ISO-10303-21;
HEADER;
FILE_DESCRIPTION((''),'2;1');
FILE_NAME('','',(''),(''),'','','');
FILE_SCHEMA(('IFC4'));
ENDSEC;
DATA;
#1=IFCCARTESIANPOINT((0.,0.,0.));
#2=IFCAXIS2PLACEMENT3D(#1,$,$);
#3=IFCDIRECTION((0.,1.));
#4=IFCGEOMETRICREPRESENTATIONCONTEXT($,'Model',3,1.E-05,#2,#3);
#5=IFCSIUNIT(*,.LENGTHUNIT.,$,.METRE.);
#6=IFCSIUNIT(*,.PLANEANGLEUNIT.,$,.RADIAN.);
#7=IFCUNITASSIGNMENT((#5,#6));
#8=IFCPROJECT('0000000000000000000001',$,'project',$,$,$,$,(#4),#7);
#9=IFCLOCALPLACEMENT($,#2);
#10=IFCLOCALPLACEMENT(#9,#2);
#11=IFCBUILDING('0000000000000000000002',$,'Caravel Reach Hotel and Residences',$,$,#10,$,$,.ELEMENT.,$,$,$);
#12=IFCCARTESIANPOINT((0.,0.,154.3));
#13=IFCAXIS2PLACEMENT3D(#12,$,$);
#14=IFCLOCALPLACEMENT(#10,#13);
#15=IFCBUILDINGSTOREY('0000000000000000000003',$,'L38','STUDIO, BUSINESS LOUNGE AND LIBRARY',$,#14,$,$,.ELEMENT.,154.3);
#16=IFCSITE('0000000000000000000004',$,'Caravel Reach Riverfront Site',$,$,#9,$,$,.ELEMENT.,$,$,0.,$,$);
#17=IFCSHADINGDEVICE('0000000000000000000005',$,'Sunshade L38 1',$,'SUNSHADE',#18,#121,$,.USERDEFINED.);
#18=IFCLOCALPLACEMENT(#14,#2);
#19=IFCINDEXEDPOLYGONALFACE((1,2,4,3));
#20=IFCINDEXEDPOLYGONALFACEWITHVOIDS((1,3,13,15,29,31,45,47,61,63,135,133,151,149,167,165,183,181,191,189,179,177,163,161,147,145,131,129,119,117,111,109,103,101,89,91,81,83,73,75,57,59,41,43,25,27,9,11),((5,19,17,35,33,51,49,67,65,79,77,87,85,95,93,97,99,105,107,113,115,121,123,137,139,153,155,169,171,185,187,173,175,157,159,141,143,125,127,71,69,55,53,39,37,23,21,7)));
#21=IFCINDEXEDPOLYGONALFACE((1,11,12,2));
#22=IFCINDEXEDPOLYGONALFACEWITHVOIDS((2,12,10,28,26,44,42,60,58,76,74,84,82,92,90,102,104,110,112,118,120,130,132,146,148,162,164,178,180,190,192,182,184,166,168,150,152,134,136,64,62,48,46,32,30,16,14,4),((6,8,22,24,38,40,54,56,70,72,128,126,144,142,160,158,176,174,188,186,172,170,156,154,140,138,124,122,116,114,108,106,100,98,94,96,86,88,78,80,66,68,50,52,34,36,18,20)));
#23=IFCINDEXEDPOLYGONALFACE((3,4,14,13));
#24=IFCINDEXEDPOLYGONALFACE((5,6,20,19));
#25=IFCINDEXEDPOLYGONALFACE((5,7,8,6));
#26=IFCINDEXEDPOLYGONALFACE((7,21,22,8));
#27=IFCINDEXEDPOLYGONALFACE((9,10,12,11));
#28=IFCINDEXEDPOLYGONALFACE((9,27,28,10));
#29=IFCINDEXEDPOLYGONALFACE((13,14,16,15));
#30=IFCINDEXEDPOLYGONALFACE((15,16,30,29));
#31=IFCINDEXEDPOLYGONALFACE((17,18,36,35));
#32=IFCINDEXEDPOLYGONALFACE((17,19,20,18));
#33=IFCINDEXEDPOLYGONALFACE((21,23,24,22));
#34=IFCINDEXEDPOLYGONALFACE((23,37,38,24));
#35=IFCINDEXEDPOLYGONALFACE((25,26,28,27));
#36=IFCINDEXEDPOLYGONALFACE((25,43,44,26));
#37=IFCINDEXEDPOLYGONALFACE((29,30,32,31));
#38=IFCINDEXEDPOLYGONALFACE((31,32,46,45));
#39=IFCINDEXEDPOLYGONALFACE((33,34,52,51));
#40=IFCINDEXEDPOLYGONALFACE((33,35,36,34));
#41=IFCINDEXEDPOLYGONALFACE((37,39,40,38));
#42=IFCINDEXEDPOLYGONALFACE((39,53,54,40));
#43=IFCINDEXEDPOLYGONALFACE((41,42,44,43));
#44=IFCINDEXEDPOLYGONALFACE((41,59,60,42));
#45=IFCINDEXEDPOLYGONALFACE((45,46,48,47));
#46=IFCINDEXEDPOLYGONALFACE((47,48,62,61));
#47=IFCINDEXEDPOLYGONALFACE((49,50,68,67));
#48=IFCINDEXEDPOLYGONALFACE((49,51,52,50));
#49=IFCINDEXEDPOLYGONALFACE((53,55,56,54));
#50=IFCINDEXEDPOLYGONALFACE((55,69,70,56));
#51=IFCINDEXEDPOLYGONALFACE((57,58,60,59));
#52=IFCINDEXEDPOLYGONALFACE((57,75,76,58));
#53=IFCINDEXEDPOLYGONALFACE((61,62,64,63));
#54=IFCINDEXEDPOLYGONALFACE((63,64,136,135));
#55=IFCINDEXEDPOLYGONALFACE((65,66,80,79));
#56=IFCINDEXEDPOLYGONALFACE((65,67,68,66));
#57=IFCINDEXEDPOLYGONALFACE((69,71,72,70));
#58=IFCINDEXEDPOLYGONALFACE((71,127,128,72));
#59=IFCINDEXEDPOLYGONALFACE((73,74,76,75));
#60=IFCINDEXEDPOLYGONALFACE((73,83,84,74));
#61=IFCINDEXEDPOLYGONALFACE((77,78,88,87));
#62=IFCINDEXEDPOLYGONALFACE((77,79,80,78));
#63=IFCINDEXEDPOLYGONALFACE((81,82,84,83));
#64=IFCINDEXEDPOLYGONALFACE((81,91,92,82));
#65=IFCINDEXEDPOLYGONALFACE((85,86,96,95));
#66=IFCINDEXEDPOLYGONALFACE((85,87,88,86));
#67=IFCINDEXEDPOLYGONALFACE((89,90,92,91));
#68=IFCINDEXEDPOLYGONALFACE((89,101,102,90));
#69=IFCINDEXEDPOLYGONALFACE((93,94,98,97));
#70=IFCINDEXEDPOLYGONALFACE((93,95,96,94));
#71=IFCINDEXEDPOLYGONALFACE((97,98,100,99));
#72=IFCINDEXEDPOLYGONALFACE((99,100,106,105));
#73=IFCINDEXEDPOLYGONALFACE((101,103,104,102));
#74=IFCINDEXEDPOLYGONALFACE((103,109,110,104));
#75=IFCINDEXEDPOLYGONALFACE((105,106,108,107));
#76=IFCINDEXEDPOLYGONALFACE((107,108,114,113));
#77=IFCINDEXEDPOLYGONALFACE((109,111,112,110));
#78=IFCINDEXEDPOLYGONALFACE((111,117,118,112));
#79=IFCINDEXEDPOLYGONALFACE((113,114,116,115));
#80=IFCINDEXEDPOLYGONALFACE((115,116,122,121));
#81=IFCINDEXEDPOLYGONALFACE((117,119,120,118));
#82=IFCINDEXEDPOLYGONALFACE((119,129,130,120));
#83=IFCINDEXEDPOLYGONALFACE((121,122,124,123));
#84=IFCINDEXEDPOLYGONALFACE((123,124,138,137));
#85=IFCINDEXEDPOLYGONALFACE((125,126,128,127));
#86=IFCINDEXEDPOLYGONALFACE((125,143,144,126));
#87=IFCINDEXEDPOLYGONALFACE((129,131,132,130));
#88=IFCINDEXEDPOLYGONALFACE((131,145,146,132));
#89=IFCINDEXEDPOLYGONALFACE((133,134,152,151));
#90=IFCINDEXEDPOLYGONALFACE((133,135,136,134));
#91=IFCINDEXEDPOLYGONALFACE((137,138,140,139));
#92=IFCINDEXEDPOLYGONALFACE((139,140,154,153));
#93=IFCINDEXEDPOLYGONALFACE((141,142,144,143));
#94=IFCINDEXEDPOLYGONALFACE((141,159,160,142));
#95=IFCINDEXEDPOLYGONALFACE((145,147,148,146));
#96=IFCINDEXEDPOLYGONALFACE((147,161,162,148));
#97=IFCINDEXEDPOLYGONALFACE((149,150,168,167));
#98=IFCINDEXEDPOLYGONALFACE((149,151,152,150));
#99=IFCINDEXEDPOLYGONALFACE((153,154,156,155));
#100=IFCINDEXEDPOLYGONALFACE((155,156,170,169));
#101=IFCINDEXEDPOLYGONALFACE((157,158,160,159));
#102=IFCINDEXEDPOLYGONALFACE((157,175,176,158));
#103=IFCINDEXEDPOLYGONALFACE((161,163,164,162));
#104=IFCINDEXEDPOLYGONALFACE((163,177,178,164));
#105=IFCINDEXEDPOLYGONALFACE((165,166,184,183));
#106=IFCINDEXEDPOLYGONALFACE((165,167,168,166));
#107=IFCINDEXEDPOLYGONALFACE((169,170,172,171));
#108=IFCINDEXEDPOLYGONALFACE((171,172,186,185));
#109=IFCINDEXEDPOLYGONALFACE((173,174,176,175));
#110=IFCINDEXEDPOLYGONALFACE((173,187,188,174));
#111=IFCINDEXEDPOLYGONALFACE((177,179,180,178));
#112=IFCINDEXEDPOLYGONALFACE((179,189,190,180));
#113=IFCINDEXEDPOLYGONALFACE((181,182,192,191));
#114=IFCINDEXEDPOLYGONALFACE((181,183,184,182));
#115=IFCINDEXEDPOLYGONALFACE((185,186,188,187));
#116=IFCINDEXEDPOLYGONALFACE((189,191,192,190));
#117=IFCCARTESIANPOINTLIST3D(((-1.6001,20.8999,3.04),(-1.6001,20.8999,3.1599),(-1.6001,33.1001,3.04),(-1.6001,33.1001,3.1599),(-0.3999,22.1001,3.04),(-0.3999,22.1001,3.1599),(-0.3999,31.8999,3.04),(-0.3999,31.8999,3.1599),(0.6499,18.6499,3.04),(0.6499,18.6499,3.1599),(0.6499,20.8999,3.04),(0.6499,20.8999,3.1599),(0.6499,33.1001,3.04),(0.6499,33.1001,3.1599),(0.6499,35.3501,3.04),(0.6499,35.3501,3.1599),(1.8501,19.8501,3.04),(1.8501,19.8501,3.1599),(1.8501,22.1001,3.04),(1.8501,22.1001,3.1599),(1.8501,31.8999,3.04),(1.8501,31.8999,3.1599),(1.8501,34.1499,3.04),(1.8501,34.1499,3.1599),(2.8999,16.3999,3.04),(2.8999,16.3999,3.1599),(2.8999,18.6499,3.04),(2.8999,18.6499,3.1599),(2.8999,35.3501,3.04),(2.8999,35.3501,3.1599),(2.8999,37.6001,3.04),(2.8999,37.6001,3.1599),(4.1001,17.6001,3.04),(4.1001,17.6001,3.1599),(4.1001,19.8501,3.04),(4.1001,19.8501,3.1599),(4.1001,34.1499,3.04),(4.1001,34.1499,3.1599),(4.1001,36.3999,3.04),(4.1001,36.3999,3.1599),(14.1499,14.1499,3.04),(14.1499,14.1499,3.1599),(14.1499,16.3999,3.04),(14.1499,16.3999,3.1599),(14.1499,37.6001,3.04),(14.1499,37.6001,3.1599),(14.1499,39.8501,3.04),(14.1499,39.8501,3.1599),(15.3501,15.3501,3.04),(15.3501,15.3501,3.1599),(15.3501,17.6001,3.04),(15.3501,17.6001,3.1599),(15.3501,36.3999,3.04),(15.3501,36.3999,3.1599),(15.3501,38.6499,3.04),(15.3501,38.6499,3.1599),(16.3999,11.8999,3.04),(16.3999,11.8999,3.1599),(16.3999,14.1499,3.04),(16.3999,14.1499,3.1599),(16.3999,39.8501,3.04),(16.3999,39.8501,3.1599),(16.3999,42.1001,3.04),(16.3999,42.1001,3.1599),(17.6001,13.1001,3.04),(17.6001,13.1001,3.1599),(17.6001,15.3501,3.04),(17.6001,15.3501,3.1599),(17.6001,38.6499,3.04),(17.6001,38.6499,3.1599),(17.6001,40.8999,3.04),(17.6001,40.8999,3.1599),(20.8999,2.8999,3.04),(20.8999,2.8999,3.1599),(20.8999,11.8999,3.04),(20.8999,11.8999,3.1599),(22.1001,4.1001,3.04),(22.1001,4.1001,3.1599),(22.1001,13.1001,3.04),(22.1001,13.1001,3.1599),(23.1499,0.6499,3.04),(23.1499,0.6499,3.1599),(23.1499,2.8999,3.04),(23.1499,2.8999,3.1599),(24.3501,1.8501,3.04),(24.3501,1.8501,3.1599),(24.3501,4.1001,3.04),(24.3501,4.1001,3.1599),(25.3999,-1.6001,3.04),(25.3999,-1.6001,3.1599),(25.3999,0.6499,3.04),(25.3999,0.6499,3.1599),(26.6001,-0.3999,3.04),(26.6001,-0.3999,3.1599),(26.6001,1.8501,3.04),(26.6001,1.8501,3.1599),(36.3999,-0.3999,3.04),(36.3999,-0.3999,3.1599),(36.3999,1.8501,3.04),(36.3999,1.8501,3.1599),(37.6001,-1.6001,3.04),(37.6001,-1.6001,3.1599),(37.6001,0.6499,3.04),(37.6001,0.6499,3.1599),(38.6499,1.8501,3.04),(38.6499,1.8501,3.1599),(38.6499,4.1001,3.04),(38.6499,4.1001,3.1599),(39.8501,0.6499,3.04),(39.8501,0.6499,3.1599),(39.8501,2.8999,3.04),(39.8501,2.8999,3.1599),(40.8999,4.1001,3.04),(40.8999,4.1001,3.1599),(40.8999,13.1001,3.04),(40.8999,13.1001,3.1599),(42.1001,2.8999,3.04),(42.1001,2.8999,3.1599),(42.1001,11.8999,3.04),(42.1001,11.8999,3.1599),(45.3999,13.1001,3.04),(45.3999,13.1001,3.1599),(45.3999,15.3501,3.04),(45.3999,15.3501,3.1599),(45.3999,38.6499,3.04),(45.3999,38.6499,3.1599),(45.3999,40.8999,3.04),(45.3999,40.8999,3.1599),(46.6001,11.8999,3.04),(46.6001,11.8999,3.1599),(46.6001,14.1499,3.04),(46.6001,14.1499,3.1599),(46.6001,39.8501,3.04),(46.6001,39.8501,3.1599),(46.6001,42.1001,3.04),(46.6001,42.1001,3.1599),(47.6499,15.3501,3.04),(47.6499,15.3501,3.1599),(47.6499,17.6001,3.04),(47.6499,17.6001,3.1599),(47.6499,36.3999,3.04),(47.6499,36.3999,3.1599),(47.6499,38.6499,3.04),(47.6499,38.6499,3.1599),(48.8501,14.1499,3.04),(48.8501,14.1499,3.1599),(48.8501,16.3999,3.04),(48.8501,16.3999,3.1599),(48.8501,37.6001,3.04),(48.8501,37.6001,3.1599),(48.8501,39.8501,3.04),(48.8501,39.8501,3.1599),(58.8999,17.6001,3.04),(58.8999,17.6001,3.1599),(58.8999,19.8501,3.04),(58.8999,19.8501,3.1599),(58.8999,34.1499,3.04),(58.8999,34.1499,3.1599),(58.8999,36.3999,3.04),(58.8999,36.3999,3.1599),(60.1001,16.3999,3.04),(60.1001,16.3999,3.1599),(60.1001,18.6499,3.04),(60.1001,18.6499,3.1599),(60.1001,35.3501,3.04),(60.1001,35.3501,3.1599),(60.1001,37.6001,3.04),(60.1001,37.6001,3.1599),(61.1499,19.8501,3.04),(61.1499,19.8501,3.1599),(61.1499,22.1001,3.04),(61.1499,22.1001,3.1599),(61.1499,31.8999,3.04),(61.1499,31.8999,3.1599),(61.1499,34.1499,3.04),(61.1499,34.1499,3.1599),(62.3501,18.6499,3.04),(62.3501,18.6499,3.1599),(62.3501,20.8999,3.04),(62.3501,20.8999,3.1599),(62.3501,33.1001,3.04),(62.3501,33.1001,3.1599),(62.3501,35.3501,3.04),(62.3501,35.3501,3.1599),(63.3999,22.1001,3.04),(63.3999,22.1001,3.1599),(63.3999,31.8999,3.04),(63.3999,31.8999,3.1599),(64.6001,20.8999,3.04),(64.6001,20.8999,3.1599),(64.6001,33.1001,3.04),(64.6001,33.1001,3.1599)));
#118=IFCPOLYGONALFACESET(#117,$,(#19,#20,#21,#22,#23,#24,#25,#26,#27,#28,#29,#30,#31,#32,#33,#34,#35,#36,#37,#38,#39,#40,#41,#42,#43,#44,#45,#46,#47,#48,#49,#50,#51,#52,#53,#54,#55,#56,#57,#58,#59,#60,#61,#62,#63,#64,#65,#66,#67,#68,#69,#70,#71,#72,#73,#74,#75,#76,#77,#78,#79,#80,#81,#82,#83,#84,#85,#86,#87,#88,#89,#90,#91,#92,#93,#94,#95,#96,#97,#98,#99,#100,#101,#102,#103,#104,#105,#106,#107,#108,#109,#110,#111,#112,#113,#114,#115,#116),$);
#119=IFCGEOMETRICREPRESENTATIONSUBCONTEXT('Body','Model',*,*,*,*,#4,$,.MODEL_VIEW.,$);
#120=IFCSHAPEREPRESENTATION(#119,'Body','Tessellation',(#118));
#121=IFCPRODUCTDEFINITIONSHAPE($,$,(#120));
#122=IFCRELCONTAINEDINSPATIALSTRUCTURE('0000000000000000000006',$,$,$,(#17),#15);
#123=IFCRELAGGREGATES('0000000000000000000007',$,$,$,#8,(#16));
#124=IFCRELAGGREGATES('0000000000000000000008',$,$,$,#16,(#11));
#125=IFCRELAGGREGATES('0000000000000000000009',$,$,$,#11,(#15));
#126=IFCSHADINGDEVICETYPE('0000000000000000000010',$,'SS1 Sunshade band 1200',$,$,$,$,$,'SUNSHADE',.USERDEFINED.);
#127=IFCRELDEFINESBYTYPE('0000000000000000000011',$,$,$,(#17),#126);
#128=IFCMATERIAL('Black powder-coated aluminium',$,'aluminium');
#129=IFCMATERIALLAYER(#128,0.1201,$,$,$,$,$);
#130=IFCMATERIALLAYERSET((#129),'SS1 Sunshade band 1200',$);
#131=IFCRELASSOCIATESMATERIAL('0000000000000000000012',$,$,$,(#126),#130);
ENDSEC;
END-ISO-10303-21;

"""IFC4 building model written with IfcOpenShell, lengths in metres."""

from ifc_helpers import new_model, si_unit, direction, frame, origin, place, context, subcontext, project, spatial, polyline, outline, extrude, material, layer, layer_set, type_object, element, save


model = new_model("IFC4")

# Units and contexts
model_context = context("Model", 3, precision=1e-05, world=origin(), true_north=direction((0.0, 1.0)))
body_context = subcontext(model_context, "Body", "Model", "MODEL_VIEW")
ifc_project = project(units=[si_unit("LENGTHUNIT", "METRE"), si_unit("PLANEANGLEUNIT", "RADIAN")], contexts=[model_context])

# Site, building, storey
site_placement = place(None, origin())
site = spatial("IfcSite", under=ifc_project, at=site_placement, Name="Caravel Reach Riverfront Site", CompositionType="ELEMENT", RefElevation=0.0)
building_placement = place(site_placement, origin())
building = spatial("IfcBuilding", under=site, at=building_placement, Name="Caravel Reach Hotel and Residences", CompositionType="ELEMENT")
storey_placement = place(building_placement, frame((0.0, 0.0, 154.3)))
storey = spatial("IfcBuildingStorey", under=building, at=storey_placement, Name="L38", Description="STUDIO, BUSINESS LOUNGE AND LIBRARY", CompositionType="ELEMENT", Elevation=154.3)

# Shading device
ifc_material_1 = material(Name="Black powder-coated aluminium", Category="aluminium")
ifc_layer_1 = layer(ifc_material_1, 0.1201)
ifc_layer_set_1 = layer_set([ifc_layer_1], Name="SS1 Sunshade band 1200")
shading_device_type = type_object("IfcShadingDeviceType", Name="SS1 Sunshade band 1200", ElementType="SUNSHADE", PredefinedType="USERDEFINED", material=ifc_layer_set_1)
shading_device_placement = place(storey_placement, frame((0.0, 0.0, 3.04)))
element("IfcShadingDevice", 1, at=shading_device_placement, inside=storey, type_object=shading_device_type, Name="Sunshade L38 1", ObjectType="SUNSHADE", PredefinedType="USERDEFINED", context=body_context, shape_type="SweptSolid", body=[
    extrude(outline(polyline([(20.8999, 11.8999), (20.8999, 2.8999), (23.1499, 2.8999), (23.1499, 0.6499), (25.3999, 0.6499), (25.3999, -1.6001), (37.6001, -1.6001), (37.6001, 0.6499), (39.8501, 0.6499), (39.8501, 2.8999), (42.1001, 2.8999), (42.1001, 11.8999), (46.6001, 11.8999), (46.6001, 14.1499), (48.8501, 14.1499), (48.8501, 16.3999), (60.1001, 16.3999), (60.1001, 18.6499), (62.3501, 18.6499), (62.3501, 20.8999), (64.6001, 20.8999), (64.6001, 33.1001), (62.3501, 33.1001), (62.3501, 35.3501), (60.1001, 35.3501), (60.1001, 37.6001), (48.8501, 37.6001), (48.8501, 39.8501), (46.6001, 39.8501), (46.6001, 42.1001), (16.3999, 42.1001), (16.3999, 39.8501), (14.1499, 39.8501), (14.1499, 37.6001), (2.8999, 37.6001), (2.8999, 35.3501), (0.6499, 35.3501), (0.6499, 33.1001), (-1.6001, 33.1001), (-1.6001, 20.8999), (0.6499, 20.8999), (0.6499, 18.6499), (2.8999, 18.6499), (2.8999, 16.3999), (14.1499, 16.3999), (14.1499, 14.1499), (16.3999, 14.1499), (16.3999, 11.8999), (20.8999, 11.8999)]), holes=[polyline([(24.3501, 4.1001), (22.1001, 4.1001), (22.1001, 13.1001), (17.6001, 13.1001), (17.6001, 15.3501), (15.3501, 15.3501), (15.3501, 17.6001), (4.1001, 17.6001), (4.1001, 19.8501), (1.8501, 19.8501), (1.8501, 22.1001), (-0.3999, 22.1001), (-0.3999, 31.8999), (1.8501, 31.8999), (1.8501, 34.1499), (4.1001, 34.1499), (4.1001, 36.3999), (15.3501, 36.3999), (15.3501, 38.6499), (17.6001, 38.6499), (17.6001, 40.8999), (45.3999, 40.8999), (45.3999, 38.6499), (47.6499, 38.6499), (47.6499, 36.3999), (58.8999, 36.3999), (58.8999, 34.1499), (61.1499, 34.1499), (61.1499, 31.8999), (63.3999, 31.8999), (63.3999, 22.1001), (61.1499, 22.1001), (61.1499, 19.8501), (58.8999, 19.8501), (58.8999, 17.6001), (47.6499, 17.6001), (47.6499, 15.3501), (45.3999, 15.3501), (45.3999, 13.1001), (40.8999, 13.1001), (40.8999, 4.1001), (38.6499, 4.1001), (38.6499, 1.8501), (36.3999, 1.8501), (36.3999, -0.3999), (26.6001, -0.3999), (26.6001, 1.8501), (24.3501, 1.8501), (24.3501, 4.1001)])]), origin(), (0.0, 0.0, 1.0), 0.1199),
])

save(model, "model.ifc")
